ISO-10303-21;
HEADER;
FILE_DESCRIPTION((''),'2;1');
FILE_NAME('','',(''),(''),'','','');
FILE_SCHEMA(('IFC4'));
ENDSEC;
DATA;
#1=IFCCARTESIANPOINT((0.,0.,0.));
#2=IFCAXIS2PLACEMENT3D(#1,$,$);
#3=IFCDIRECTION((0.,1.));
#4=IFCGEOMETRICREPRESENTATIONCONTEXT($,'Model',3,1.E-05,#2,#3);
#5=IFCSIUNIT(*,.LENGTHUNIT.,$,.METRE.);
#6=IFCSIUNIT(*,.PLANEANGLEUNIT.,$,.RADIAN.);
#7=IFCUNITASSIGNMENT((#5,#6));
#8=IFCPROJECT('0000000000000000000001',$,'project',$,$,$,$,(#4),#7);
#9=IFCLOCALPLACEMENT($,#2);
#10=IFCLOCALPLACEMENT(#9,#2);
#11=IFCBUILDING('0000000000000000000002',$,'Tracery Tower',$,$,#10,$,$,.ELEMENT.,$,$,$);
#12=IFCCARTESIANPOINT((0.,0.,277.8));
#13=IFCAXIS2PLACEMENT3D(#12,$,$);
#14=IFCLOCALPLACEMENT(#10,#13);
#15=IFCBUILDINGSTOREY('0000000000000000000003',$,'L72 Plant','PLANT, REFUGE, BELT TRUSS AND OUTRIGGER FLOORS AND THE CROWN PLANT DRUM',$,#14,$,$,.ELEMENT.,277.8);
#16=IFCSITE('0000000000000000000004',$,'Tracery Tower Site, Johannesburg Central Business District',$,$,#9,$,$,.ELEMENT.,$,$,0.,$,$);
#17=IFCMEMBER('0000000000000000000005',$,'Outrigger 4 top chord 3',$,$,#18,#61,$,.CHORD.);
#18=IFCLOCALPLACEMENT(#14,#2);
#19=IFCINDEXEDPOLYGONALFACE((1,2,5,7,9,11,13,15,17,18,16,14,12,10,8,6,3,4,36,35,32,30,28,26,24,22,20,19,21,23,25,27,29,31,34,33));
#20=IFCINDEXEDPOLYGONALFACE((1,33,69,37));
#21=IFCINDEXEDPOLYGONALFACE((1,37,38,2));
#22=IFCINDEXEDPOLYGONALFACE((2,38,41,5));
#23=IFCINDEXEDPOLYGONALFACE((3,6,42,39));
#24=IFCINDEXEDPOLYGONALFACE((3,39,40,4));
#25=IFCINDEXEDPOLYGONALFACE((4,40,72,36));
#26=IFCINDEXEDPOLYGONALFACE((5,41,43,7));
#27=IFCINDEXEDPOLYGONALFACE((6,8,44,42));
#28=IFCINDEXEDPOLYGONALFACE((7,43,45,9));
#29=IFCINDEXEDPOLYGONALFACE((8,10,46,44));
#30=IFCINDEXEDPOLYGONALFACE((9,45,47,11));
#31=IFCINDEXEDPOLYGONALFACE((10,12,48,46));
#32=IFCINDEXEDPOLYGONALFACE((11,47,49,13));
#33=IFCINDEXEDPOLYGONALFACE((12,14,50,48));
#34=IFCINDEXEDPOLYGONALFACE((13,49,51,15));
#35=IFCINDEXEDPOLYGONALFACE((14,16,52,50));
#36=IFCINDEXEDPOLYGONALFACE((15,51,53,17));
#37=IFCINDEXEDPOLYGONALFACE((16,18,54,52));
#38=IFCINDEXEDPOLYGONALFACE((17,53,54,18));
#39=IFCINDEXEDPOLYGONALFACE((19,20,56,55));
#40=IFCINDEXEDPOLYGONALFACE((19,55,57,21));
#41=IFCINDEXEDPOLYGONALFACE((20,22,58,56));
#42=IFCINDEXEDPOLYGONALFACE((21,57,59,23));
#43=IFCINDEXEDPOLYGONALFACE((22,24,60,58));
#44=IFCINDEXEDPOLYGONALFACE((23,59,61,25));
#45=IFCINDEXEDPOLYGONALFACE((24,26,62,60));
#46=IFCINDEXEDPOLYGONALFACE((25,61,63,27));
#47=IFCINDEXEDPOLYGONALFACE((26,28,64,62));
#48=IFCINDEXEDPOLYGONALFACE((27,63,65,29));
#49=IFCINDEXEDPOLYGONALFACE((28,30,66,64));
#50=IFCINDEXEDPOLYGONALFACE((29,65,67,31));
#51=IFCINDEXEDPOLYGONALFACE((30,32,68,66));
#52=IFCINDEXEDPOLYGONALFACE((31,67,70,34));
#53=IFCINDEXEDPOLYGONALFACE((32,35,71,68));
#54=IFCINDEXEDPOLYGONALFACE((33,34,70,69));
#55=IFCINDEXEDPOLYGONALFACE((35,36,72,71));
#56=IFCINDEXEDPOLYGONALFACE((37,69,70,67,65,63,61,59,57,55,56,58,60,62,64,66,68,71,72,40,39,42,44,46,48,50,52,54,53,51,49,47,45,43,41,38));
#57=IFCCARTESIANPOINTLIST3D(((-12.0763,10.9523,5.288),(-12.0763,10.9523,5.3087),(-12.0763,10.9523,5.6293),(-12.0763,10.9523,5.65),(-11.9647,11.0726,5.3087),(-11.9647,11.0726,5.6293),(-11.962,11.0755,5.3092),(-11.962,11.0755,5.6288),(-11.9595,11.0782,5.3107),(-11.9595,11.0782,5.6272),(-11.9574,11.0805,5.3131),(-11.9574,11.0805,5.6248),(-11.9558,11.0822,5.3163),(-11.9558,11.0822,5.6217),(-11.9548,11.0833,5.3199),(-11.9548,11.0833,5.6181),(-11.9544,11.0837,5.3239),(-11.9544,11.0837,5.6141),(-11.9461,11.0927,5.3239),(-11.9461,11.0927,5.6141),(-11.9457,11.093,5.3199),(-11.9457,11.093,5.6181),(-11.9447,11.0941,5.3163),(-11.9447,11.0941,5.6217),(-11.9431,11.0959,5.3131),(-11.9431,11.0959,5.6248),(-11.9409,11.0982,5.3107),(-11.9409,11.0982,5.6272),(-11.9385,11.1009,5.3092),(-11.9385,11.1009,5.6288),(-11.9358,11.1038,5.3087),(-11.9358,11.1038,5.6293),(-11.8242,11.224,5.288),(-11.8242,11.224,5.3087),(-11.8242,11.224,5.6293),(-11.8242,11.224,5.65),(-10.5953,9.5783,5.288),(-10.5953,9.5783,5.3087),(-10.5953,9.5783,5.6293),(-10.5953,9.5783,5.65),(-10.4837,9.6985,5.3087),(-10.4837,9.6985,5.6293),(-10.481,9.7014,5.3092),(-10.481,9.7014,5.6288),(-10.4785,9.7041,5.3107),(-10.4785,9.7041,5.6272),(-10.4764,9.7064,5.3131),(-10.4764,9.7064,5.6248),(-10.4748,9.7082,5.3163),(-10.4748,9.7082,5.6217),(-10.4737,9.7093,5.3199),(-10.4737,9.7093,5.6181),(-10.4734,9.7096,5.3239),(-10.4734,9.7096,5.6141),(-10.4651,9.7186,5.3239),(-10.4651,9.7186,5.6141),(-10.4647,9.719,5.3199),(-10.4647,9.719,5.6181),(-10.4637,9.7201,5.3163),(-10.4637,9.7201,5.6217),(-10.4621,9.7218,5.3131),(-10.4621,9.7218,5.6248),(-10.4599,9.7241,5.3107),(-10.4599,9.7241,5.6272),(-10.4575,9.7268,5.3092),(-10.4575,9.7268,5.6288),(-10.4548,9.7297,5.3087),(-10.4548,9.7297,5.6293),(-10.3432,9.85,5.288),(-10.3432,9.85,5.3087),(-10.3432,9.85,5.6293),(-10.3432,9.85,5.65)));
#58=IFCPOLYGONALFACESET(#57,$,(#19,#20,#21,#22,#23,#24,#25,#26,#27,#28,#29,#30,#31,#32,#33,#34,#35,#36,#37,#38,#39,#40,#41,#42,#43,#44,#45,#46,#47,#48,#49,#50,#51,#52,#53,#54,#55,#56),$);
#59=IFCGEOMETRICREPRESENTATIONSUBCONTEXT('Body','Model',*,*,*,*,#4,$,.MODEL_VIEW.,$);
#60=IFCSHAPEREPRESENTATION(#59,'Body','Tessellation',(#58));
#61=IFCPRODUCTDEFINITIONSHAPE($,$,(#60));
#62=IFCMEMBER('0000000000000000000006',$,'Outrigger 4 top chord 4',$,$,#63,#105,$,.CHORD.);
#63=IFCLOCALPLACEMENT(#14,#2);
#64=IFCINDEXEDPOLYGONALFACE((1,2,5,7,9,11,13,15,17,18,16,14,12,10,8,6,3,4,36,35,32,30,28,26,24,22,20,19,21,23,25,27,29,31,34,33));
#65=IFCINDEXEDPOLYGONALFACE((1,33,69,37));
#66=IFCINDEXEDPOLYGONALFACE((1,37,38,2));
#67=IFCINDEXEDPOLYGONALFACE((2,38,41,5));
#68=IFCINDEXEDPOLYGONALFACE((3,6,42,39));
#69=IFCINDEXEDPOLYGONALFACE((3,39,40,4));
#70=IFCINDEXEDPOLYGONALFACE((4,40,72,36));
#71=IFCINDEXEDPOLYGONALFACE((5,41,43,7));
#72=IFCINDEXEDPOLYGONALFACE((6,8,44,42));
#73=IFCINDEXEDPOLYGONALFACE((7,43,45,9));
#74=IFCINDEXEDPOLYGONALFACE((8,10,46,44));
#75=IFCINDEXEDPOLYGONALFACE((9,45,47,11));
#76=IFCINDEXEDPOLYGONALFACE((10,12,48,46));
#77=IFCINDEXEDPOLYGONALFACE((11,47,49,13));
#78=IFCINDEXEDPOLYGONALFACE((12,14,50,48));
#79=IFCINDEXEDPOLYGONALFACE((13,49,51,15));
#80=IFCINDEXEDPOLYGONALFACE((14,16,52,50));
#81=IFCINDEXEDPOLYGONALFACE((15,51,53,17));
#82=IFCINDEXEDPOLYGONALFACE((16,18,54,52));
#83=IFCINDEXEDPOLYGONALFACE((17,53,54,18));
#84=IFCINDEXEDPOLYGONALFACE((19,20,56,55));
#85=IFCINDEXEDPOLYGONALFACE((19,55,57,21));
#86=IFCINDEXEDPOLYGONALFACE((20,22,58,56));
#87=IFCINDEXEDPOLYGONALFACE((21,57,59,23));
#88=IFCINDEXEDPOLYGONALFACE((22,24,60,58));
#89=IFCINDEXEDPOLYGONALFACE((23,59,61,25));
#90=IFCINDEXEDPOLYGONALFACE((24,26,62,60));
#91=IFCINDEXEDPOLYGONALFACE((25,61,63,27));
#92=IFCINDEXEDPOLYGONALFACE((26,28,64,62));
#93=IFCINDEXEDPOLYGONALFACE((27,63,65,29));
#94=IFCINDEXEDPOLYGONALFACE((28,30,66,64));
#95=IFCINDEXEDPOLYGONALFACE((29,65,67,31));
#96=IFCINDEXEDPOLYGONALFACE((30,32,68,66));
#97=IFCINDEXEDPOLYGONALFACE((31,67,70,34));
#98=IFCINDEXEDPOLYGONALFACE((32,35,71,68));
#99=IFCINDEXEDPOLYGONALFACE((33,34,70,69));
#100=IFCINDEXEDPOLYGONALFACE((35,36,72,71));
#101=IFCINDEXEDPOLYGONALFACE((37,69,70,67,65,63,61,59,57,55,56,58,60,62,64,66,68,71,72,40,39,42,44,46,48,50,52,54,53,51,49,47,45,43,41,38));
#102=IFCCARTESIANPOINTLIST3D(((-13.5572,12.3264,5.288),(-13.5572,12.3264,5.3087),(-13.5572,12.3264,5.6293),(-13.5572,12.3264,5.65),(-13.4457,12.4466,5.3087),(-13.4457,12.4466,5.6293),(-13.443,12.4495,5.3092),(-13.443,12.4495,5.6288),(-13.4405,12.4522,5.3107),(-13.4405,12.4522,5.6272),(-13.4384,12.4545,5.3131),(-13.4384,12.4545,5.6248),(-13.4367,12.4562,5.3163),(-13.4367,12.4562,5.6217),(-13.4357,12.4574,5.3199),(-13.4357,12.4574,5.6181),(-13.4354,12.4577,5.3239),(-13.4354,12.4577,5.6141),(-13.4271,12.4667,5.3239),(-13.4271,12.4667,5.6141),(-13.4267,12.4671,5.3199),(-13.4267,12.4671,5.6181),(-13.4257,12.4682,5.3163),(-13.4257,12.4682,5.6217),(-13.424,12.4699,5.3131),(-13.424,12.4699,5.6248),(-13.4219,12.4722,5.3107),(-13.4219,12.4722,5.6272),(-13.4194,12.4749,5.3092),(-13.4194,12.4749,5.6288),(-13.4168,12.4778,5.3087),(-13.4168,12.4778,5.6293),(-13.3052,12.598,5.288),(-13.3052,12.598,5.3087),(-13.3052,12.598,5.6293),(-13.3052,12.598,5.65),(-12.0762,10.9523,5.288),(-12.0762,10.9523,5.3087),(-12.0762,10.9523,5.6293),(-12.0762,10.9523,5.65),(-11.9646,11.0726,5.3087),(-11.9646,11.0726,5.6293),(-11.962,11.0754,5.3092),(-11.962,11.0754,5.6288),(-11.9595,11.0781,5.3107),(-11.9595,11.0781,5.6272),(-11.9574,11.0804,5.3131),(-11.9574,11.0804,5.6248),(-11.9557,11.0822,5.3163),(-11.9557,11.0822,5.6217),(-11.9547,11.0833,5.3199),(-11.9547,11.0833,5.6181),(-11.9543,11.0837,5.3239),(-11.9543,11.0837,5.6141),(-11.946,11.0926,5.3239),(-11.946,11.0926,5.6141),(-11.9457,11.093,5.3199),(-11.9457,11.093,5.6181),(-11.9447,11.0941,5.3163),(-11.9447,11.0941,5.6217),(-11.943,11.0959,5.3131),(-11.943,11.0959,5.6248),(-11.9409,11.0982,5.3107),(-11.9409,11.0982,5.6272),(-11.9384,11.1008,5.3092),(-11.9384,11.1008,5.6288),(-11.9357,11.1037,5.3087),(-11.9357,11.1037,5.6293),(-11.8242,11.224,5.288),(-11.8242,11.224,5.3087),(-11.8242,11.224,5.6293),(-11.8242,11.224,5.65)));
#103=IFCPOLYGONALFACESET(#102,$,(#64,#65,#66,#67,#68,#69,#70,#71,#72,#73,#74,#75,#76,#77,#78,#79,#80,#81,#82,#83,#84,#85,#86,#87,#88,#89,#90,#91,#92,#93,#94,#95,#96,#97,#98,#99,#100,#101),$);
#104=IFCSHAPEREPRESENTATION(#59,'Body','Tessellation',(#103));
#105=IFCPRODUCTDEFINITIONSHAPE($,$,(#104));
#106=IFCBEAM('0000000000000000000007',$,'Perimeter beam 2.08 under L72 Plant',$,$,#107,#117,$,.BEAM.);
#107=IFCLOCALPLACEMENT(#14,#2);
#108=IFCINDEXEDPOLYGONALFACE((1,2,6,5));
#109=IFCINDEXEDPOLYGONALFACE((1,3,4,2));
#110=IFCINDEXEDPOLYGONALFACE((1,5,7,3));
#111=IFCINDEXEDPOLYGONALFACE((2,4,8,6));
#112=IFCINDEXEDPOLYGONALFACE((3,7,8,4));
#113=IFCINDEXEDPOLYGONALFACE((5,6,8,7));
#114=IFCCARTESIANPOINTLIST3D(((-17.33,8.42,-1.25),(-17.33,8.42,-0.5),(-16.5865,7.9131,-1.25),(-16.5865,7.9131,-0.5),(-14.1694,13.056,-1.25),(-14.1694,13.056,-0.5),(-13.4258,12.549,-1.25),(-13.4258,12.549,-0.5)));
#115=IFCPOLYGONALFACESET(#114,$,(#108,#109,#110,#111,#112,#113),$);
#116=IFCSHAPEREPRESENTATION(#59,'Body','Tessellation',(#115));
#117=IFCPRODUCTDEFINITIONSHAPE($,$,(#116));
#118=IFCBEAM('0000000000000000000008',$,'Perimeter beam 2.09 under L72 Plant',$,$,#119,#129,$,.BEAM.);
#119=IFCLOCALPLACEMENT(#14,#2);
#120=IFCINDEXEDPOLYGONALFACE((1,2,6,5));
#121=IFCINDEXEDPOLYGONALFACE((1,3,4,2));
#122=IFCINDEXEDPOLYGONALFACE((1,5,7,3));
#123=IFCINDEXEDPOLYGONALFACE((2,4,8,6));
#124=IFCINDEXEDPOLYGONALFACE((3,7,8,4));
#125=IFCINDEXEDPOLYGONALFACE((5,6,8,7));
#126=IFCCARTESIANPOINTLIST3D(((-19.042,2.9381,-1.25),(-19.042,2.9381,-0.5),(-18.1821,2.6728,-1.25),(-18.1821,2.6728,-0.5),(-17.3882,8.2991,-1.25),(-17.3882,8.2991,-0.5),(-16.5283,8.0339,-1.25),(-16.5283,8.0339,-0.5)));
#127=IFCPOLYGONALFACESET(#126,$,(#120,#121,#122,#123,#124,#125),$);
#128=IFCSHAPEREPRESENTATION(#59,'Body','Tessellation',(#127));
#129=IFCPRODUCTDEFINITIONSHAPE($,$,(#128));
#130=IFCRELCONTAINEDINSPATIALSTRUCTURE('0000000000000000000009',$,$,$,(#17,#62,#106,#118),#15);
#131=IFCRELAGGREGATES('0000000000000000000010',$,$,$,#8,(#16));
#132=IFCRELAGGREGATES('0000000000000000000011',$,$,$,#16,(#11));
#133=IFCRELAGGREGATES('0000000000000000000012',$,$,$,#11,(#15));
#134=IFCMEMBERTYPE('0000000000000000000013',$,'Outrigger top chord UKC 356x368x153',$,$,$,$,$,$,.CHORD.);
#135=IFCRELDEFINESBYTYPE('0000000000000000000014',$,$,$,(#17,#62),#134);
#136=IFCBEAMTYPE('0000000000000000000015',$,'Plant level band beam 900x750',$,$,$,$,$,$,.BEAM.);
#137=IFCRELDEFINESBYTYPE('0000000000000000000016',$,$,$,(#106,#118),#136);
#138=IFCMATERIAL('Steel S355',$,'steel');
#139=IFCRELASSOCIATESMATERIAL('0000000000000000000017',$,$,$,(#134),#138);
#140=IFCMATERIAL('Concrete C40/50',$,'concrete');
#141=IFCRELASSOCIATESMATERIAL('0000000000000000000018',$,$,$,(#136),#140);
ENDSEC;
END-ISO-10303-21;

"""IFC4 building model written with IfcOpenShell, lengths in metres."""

from ifc_helpers import new_model, si_unit, direction, frame, origin, origin_2d, place, context, subcontext, project, spatial, rectangle, i_section, extrude, material, material_profile, profile_set, type_object, element, save


model = new_model("IFC4")

# Units and contexts
model_context = context("Model", 3, precision=1e-05, world=origin(), true_north=direction((0.0, 1.0)))
body_context = subcontext(model_context, "Body", "Model", "MODEL_VIEW")
ifc_project = project(units=[si_unit("LENGTHUNIT", "METRE"), si_unit("PLANEANGLEUNIT", "RADIAN")], contexts=[model_context])

# Site, building, storey
site_placement = place(None, origin())
site = spatial("IfcSite", under=ifc_project, at=site_placement, Name="Tracery Tower Site, Johannesburg Central Business District", CompositionType="ELEMENT", RefElevation=0.0)
building_placement = place(site_placement, origin())
building = spatial("IfcBuilding", under=site, at=building_placement, Name="Tracery Tower", CompositionType="ELEMENT")
storey_placement = place(building_placement, frame((0.0, 0.0, 277.8)))
storey = spatial("IfcBuildingStorey", under=building, at=storey_placement, Name="L72 Plant", Description="PLANT, REFUGE, BELT TRUSS AND OUTRIGGER FLOORS AND THE CROWN PLANT DRUM", CompositionType="ELEMENT", Elevation=277.8)

# Members
ifc_material_1 = material(Name="Steel S355", Category="steel")
ifc_material_profile_1 = material_profile(ifc_material_1, i_section(OverallWidth=0.3706, OverallDepth=0.3621, WebThickness=0.0122, FlangeThickness=0.0208, FilletRadius=0.0151, at=origin_2d()), Name="UKC 356x368x153")
ifc_profile_set_1 = profile_set([ifc_material_profile_1], Name="Steel S355")
member_type_1 = type_object("IfcMemberType", Name="Outrigger top chord UKC 356x368x153", PredefinedType="CHORD", material=ifc_profile_set_1)
for number, where, z_axis, x_axis, name in (
    (1, (-10.4692, 9.7141, 5.469), (-0.733078, 0.680145, 0.0), (-0.680145, -0.733078, 0.0), "Outrigger 4 top chord 3"),
    (2, (-11.9502, 11.0881, 5.469), (-0.733078, 0.680145, 0.0), (-0.680145, -0.733078, 0.0), "Outrigger 4 top chord 4"),
):
    element("IfcMember", number, at=place(storey_placement, frame(where, z_axis=z_axis, x_axis=x_axis)), inside=storey, type_object=member_type_1, Name=name, PredefinedType="CHORD", context=body_context, shape_type="SweptSolid", body=[
        extrude(i_section(OverallWidth=0.3706, OverallDepth=0.3621, WebThickness=0.0122, FlangeThickness=0.0208, FilletRadius=0.0151, at=origin_2d()), origin(), (0.0, 0.0, 1.0), 2.0203),
    ])

# Beams
ifc_material_2 = material(Name="Concrete C40/50", Category="concrete")
ifc_material_profile_2 = material_profile(ifc_material_2, rectangle(XDim=0.8999, YDim=0.75, at=origin_2d()), Name="RC 900x750")
ifc_profile_set_2 = profile_set([ifc_material_profile_2], Name="Concrete C40/50")
beam_type = type_object("IfcBeamType", Name="Plant level band beam 900x750", PredefinedType="BEAM", material=ifc_profile_set_2)
beam_1_placement = place(storey_placement, frame((-13.7976, 12.8025, -0.875), z_axis=(-0.563306, -0.826249, 0.0), x_axis=(0.826249, -0.563306, 0.0)))
element("IfcBeam", 3, at=beam_1_placement, inside=storey, type_object=beam_type, Name="Perimeter beam 2.08 under L72 Plant", PredefinedType="BEAM", context=body_context, shape_type="SweptSolid", body=[
    extrude(rectangle(XDim=0.8999, YDim=0.75, at=origin_2d()), origin(), (0.0, 0.0, 1.0), 5.6108),
])
beam_2_placement = place(storey_placement, frame((-16.9583, 8.1665, -0.875), z_axis=(-0.294777, -0.955566, 0.0), x_axis=(0.955566, -0.294777, 0.0)))
element("IfcBeam", 4, at=beam_2_placement, inside=storey, type_object=beam_type, Name="Perimeter beam 2.09 under L72 Plant", PredefinedType="BEAM", context=body_context, shape_type="SweptSolid", body=[
    extrude(rectangle(XDim=0.8999, YDim=0.75, at=origin_2d()), origin(), (0.0, 0.0, 1.0), 5.6104),
])

save(model, "model.ifc")
